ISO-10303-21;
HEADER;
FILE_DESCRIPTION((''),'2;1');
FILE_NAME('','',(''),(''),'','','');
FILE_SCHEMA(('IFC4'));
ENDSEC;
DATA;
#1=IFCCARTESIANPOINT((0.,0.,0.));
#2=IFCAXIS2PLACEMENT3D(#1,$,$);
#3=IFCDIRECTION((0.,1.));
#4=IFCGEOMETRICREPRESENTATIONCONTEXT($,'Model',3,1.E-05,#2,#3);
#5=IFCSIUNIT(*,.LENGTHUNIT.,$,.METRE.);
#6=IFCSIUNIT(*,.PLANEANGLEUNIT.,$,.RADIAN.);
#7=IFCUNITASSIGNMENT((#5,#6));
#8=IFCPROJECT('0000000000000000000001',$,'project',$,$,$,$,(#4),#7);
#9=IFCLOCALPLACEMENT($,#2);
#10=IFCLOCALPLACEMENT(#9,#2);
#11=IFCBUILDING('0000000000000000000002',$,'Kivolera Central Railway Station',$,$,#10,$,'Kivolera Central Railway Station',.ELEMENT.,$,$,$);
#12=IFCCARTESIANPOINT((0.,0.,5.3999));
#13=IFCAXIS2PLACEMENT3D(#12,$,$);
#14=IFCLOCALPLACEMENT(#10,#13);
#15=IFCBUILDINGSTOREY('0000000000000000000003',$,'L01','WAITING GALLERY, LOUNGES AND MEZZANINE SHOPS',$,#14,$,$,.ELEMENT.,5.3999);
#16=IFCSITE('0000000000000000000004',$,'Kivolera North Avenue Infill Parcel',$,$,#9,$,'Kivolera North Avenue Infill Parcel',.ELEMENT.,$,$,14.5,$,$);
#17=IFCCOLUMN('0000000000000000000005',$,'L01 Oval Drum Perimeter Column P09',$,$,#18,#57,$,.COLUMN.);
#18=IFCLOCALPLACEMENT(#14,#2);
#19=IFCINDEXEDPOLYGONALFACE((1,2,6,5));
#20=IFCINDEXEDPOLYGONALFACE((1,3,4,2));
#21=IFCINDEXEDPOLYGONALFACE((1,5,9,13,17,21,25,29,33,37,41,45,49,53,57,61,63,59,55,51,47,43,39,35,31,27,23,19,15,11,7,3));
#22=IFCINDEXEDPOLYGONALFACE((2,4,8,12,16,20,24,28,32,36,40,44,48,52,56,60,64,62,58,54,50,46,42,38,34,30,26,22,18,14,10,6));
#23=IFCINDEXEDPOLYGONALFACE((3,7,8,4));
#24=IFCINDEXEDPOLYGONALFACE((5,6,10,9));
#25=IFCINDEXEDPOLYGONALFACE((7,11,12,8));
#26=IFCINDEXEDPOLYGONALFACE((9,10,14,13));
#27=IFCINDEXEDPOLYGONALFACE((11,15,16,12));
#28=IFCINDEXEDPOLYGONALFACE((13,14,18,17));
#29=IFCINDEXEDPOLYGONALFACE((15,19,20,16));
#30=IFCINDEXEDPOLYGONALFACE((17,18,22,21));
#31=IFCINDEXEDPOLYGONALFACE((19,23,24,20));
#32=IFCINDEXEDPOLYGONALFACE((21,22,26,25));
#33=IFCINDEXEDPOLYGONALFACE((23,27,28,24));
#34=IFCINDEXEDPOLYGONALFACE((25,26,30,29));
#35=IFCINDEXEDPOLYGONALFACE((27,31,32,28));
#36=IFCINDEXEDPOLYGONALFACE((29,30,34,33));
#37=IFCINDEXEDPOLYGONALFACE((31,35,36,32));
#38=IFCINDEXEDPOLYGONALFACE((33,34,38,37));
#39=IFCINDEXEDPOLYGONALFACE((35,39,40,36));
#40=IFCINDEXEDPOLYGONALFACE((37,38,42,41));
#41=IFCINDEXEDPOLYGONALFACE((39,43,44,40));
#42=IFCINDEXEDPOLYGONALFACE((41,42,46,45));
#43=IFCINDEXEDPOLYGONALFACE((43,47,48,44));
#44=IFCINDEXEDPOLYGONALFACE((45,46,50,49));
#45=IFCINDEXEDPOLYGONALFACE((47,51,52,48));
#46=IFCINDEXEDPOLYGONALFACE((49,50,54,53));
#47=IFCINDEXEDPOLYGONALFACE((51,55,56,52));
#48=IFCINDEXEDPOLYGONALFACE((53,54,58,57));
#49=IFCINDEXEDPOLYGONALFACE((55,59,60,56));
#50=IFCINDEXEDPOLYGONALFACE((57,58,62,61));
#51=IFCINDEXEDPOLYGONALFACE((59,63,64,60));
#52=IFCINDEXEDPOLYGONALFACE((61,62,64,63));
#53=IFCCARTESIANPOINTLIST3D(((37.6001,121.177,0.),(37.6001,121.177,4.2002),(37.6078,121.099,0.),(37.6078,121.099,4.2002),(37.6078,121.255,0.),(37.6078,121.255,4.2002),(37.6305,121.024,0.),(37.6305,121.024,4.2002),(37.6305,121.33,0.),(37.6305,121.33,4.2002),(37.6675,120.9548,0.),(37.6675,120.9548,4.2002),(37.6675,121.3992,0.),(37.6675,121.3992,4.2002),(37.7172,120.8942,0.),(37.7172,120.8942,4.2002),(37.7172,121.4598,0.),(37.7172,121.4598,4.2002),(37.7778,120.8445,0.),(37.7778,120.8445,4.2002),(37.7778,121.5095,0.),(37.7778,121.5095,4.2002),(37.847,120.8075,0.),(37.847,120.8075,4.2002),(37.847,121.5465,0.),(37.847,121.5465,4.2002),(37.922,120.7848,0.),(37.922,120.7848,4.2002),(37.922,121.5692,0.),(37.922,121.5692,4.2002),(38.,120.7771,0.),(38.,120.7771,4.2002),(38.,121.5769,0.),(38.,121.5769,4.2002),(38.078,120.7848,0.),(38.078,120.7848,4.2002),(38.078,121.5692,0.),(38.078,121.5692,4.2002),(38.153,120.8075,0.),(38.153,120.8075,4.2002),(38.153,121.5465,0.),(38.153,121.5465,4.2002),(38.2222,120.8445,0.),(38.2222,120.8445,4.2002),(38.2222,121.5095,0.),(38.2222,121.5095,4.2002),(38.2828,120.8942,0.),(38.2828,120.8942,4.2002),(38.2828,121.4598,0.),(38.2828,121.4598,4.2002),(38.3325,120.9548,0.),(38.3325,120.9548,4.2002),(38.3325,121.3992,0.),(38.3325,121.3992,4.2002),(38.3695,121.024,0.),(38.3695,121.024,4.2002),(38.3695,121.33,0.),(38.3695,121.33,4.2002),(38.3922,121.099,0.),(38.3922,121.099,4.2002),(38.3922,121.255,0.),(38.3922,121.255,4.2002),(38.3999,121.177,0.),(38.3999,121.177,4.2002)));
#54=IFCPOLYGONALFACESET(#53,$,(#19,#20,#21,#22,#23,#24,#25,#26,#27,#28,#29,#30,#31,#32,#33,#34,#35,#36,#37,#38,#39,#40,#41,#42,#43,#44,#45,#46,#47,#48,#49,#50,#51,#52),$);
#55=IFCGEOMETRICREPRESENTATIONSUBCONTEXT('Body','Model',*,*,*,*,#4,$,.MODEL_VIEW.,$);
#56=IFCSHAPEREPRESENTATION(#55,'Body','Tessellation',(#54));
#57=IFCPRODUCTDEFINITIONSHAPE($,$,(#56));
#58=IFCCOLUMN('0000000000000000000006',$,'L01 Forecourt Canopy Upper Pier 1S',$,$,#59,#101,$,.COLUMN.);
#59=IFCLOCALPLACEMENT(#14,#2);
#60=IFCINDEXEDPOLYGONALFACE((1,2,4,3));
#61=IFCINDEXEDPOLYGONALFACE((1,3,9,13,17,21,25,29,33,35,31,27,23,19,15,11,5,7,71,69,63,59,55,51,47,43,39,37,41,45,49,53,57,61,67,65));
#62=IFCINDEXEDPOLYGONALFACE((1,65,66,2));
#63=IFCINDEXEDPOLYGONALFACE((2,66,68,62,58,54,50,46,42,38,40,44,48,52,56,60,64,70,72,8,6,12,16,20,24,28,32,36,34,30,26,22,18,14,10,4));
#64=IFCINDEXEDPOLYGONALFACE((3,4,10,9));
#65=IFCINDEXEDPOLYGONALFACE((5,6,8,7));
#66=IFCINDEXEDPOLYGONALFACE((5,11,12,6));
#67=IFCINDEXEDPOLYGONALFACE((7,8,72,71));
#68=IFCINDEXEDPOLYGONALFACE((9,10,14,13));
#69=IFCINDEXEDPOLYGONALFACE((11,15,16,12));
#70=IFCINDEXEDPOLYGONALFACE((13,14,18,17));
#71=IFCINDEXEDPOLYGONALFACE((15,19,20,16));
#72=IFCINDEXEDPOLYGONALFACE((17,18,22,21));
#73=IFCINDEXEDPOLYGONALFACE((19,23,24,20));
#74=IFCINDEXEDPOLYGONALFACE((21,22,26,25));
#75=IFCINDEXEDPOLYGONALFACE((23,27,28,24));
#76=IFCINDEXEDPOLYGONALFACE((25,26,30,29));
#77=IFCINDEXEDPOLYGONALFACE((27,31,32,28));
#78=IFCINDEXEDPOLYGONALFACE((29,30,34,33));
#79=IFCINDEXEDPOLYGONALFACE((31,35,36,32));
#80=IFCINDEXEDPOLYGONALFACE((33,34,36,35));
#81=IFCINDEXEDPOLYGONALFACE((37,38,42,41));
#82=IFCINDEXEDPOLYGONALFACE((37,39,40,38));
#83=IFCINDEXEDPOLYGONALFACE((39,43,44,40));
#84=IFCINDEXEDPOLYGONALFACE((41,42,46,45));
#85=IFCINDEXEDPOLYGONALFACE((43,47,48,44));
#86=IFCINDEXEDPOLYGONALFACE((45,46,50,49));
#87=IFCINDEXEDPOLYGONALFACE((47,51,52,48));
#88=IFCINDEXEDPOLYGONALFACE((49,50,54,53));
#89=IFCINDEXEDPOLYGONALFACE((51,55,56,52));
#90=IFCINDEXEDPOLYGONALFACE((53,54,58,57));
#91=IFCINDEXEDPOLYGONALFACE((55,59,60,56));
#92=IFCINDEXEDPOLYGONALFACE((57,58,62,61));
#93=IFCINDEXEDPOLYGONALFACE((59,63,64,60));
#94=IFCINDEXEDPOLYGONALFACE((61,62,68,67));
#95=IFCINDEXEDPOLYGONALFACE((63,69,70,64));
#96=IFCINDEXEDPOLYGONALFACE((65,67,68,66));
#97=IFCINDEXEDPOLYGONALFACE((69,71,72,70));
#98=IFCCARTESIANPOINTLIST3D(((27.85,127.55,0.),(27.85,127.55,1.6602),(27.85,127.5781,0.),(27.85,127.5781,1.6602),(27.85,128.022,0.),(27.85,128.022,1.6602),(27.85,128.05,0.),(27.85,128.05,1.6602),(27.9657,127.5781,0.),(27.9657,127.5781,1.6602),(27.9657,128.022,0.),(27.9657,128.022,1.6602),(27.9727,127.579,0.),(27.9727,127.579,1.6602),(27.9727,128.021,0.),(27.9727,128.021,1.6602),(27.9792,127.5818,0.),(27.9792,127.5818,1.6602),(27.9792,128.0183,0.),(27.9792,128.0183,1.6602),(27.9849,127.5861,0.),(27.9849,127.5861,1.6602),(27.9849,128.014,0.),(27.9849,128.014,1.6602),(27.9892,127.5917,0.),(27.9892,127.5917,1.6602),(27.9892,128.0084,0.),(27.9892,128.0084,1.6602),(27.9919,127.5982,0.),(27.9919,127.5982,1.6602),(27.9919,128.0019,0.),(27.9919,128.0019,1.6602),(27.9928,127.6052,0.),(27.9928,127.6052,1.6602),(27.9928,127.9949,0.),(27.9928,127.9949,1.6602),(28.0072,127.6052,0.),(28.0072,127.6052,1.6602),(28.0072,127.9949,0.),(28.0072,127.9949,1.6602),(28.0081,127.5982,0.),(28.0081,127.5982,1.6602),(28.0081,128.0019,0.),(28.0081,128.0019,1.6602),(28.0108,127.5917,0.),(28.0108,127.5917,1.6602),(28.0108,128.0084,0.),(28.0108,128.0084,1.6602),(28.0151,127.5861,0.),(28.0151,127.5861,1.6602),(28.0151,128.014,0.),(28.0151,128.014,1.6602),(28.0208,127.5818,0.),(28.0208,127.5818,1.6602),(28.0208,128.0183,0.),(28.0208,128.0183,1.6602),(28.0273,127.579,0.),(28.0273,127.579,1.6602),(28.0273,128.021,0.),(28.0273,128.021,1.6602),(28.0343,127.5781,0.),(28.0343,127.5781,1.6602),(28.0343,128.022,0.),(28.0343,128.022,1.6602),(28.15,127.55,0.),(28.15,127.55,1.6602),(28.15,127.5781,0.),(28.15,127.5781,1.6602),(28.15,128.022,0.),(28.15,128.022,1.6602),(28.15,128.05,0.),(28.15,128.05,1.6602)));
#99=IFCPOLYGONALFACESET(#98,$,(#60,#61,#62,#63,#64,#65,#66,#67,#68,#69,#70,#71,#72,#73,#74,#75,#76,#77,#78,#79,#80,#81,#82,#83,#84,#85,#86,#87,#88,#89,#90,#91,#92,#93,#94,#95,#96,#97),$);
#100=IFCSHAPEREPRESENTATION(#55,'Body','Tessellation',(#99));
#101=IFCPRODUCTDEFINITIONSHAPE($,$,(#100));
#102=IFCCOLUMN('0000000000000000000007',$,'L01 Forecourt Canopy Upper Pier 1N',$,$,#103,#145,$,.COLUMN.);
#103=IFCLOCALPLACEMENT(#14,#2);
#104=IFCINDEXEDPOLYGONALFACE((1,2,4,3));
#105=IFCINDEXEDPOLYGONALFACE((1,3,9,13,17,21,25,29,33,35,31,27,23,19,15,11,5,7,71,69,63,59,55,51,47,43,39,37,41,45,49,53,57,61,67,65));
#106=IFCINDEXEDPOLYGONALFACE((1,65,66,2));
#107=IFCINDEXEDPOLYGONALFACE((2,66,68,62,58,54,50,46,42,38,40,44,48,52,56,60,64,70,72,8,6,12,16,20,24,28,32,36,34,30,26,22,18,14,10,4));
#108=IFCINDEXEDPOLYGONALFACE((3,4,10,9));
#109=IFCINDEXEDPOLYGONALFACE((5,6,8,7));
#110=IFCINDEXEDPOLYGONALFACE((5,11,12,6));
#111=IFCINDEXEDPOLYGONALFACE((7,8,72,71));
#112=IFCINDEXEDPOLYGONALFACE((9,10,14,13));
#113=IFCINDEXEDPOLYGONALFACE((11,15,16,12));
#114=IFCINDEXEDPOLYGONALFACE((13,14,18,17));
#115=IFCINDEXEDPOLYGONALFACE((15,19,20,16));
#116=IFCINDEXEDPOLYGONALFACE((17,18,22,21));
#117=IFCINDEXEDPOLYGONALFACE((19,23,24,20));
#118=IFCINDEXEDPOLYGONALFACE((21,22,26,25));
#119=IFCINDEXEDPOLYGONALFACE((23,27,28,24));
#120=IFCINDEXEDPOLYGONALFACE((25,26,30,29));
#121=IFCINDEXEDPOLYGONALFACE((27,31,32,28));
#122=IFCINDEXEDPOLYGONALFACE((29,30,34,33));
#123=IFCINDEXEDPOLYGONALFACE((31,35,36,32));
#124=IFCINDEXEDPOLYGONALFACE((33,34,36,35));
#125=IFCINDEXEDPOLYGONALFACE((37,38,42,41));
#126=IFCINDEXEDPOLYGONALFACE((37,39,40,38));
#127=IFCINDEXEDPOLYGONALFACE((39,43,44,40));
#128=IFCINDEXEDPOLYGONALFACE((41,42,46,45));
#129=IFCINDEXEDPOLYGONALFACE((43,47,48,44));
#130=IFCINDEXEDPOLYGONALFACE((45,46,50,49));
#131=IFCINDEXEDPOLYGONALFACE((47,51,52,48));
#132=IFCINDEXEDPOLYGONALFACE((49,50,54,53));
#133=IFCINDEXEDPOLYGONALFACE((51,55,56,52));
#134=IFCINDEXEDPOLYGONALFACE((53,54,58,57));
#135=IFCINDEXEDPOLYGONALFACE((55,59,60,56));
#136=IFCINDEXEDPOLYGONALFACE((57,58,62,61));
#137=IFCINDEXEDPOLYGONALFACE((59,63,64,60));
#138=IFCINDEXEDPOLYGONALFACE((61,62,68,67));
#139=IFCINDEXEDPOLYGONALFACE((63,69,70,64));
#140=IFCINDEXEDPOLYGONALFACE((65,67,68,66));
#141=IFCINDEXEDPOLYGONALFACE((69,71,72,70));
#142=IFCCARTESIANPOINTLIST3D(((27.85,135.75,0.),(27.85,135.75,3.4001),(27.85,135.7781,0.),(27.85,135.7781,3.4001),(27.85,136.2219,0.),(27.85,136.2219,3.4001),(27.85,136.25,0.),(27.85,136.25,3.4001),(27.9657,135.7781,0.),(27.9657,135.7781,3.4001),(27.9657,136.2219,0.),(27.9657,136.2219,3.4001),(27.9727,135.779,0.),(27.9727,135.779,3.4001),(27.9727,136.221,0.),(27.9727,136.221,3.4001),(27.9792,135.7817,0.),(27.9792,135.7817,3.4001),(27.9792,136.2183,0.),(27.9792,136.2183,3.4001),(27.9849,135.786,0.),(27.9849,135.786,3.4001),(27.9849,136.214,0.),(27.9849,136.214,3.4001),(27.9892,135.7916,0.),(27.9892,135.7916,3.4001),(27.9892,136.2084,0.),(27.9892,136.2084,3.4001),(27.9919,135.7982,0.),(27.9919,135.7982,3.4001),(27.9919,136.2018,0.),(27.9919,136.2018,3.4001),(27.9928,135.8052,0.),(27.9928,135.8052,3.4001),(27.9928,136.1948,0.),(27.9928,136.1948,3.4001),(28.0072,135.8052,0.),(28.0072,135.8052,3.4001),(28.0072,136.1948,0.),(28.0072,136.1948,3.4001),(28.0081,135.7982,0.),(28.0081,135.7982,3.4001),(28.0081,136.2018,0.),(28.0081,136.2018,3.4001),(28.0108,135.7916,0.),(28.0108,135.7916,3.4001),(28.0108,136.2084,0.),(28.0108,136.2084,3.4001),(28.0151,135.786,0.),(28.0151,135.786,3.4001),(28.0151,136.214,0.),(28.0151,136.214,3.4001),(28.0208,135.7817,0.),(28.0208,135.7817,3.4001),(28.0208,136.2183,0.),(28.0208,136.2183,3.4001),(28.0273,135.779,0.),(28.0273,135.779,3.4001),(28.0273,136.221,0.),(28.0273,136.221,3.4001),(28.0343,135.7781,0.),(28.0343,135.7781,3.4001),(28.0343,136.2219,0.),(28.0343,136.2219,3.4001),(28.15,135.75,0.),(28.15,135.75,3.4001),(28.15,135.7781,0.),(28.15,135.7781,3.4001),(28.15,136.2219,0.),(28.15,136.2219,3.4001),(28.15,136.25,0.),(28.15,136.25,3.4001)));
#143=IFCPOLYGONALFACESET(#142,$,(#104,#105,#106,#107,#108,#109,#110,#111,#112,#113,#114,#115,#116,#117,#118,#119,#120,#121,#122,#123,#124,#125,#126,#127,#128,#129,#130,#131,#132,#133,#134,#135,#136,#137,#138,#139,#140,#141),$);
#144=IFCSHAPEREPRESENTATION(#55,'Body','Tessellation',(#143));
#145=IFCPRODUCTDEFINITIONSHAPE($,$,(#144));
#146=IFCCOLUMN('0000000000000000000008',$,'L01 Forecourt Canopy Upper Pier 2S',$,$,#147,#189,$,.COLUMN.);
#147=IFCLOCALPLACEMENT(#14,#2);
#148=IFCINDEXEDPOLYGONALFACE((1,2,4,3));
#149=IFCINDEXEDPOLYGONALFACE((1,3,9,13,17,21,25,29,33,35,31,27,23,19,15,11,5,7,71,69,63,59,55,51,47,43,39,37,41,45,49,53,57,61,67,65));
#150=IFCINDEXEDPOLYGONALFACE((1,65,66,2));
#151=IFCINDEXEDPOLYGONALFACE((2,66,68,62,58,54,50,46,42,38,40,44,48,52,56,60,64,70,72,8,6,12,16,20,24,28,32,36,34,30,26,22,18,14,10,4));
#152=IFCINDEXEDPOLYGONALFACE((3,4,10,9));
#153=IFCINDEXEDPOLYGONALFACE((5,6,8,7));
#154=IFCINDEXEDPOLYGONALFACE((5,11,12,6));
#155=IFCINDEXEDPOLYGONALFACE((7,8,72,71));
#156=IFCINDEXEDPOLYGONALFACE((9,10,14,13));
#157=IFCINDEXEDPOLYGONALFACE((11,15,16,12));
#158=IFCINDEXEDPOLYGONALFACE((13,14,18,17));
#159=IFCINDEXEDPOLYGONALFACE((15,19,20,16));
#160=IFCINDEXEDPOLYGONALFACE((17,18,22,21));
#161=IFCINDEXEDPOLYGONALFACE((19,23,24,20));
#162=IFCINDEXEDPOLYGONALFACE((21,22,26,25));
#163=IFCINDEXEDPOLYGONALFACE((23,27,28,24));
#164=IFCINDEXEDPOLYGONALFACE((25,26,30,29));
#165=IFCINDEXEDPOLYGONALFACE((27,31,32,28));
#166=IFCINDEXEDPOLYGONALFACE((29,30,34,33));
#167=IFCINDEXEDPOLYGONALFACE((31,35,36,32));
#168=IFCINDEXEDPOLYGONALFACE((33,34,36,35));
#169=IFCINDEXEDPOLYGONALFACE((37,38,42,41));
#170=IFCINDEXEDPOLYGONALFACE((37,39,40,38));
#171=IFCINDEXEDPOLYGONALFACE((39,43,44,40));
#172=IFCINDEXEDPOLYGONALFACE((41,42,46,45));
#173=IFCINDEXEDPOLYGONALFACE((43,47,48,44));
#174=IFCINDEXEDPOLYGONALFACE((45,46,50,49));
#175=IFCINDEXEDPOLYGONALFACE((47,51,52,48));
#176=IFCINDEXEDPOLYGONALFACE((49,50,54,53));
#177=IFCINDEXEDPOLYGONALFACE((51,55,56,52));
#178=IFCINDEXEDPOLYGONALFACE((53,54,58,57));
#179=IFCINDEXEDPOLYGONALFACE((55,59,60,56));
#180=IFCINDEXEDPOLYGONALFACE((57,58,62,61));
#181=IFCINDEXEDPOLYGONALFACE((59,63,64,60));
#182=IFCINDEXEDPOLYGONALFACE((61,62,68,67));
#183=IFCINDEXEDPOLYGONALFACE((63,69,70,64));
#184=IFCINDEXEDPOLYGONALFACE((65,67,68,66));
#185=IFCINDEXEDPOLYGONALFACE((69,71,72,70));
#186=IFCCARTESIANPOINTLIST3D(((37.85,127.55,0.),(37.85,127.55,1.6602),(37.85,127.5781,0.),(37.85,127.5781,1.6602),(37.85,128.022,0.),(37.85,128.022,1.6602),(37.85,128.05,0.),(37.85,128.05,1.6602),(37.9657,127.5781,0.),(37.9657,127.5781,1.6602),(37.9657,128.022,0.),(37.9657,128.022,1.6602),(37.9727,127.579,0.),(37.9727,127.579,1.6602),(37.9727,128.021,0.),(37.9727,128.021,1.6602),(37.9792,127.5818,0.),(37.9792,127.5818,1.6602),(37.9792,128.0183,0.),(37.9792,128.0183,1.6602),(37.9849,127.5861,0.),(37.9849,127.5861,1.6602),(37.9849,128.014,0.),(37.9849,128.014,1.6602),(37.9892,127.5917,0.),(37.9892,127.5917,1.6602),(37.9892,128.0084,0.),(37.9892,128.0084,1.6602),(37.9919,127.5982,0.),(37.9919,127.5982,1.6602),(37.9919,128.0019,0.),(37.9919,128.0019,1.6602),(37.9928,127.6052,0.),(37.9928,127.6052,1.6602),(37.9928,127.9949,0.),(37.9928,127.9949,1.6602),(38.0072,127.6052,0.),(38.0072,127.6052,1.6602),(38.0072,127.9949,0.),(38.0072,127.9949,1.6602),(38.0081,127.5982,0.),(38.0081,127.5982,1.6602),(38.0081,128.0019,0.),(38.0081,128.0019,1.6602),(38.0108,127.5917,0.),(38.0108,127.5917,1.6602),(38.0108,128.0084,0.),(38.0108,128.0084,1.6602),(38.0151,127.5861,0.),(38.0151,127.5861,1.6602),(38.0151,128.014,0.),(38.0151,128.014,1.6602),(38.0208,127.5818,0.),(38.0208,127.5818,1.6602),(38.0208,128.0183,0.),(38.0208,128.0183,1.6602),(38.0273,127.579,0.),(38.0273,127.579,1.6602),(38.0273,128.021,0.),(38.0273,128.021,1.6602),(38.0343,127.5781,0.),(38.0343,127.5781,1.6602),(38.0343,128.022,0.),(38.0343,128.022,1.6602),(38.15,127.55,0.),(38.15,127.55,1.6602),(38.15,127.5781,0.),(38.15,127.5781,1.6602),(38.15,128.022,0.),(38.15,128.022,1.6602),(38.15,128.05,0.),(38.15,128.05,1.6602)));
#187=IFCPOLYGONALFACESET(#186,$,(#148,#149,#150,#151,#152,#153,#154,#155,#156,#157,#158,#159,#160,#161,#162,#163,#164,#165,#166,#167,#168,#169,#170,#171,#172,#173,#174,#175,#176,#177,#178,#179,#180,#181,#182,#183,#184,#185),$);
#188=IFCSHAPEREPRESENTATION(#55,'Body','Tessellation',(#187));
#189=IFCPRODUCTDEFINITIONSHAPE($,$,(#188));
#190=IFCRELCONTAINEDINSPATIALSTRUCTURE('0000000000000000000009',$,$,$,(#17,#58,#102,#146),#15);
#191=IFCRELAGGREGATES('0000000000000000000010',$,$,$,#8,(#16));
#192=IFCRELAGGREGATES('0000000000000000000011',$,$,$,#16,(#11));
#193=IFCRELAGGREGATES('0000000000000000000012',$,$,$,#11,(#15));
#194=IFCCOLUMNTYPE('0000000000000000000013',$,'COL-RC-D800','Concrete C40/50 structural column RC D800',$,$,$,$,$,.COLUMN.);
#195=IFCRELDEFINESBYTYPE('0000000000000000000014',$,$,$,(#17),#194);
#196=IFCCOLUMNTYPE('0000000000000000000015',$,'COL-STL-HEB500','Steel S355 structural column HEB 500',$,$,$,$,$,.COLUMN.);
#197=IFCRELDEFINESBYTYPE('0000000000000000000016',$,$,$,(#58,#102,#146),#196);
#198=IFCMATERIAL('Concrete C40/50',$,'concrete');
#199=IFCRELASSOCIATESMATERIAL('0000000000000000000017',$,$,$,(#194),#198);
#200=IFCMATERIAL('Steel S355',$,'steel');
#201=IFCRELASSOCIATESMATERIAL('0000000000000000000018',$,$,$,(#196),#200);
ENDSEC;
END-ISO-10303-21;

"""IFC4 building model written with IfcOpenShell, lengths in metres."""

from ifc_helpers import new_model, si_unit, direction, frame, origin, origin_2d, place, context, subcontext, project, spatial, circle, i_section, extrude, material, material_profile, profile_set, type_object, element, save


model = new_model("IFC4")

# Units and contexts
model_context = context("Model", 3, precision=1e-05, world=origin(), true_north=direction((0.0, 1.0)))
body_context = subcontext(model_context, "Body", "Model", "MODEL_VIEW")
ifc_project = project(units=[si_unit("LENGTHUNIT", "METRE"), si_unit("PLANEANGLEUNIT", "RADIAN")], contexts=[model_context])

# Site, building, storey
site_placement = place(None, origin())
site = spatial("IfcSite", under=ifc_project, at=site_placement, Name="Kivolera North Avenue Infill Parcel", LongName="Kivolera North Avenue Infill Parcel", CompositionType="ELEMENT", RefElevation=14.5)
building_placement = place(site_placement, origin())
building = spatial("IfcBuilding", under=site, at=building_placement, Name="Kivolera Central Railway Station", LongName="Kivolera Central Railway Station", CompositionType="ELEMENT")
storey_placement = place(building_placement, frame((0.0, 0.0, 5.3999)))
storey = spatial("IfcBuildingStorey", under=building, at=storey_placement, Name="L01", Description="WAITING GALLERY, LOUNGES AND MEZZANINE SHOPS", CompositionType="ELEMENT", Elevation=5.3999)

# Columns
ifc_material_1 = material(Name="Concrete C40/50", Category="concrete")
ifc_material_profile_1 = material_profile(ifc_material_1, circle(Radius=0.3999, at=origin_2d()), Name="RC D800")
ifc_profile_set_1 = profile_set([ifc_material_profile_1], Name="Concrete C40/50")
column_type_1 = type_object("IfcColumnType", Name="COL-RC-D800", Description="Concrete C40/50 structural column RC D800", PredefinedType="COLUMN", material=ifc_profile_set_1)
column_1_placement = place(storey_placement, frame((38.0, 121.177, 0.0), z_axis=(0.0, 0.0, 1.0), x_axis=(1.0, 0.0, 0.0)))
element("IfcColumn", 1, at=column_1_placement, inside=storey, type_object=column_type_1, Name="L01 Oval Drum Perimeter Column P09", PredefinedType="COLUMN", context=body_context, shape_type="SweptSolid", body=[
    extrude(circle(Radius=0.3999, at=origin_2d()), origin(), (0.0, 0.0, 1.0), 4.2002),
])
ifc_material_2 = material(Name="Steel S355", Category="steel")
ifc_material_profile_2 = material_profile(ifc_material_2, i_section(OverallWidth=0.3, OverallDepth=0.5, WebThickness=0.0144, FlangeThickness=0.0281, FilletRadius=0.0271, at=origin_2d()), Name="HEB 500")
ifc_profile_set_2 = profile_set([ifc_material_profile_2], Name="Steel S355")
column_type_2 = type_object("IfcColumnType", Name="COL-STL-HEB500", Description="Steel S355 structural column HEB 500", PredefinedType="COLUMN", material=ifc_profile_set_2)
column_2_placement = place(storey_placement, frame((28.0, 127.8, 0.0), z_axis=(0.0, 0.0, 1.0), x_axis=(1.0, 0.0, 0.0)))
element("IfcColumn", 2, at=column_2_placement, inside=storey, type_object=column_type_2, Name="L01 Forecourt Canopy Upper Pier 1S", PredefinedType="COLUMN", context=body_context, shape_type="SweptSolid", body=[
    extrude(i_section(OverallWidth=0.3, OverallDepth=0.5, WebThickness=0.0144, FlangeThickness=0.0281, FilletRadius=0.0271, at=origin_2d()), origin(), (0.0, 0.0, 1.0), 1.6602),
])
column_3_placement = place(storey_placement, frame((28.0, 136.0, 0.0), z_axis=(0.0, 0.0, 1.0), x_axis=(1.0, 0.0, 0.0)))
element("IfcColumn", 3, at=column_3_placement, inside=storey, type_object=column_type_2, Name="L01 Forecourt Canopy Upper Pier 1N", PredefinedType="COLUMN", context=body_context, shape_type="SweptSolid", body=[
    extrude(i_section(OverallWidth=0.3, OverallDepth=0.5, WebThickness=0.0144, FlangeThickness=0.0281, FilletRadius=0.0271, at=origin_2d()), origin(), (0.0, 0.0, 1.0), 3.4001),
])
column_4_placement = place(storey_placement, frame((38.0, 127.8, 0.0), z_axis=(0.0, 0.0, 1.0), x_axis=(1.0, 0.0, 0.0)))
element("IfcColumn", 4, at=column_4_placement, inside=storey, type_object=column_type_2, Name="L01 Forecourt Canopy Upper Pier 2S", PredefinedType="COLUMN", context=body_context, shape_type="SweptSolid", body=[
    extrude(i_section(OverallWidth=0.3, OverallDepth=0.5, WebThickness=0.0144, FlangeThickness=0.0281, FilletRadius=0.0271, at=origin_2d()), origin(), (0.0, 0.0, 1.0), 1.6602),
])

save(model, "model.ifc")
